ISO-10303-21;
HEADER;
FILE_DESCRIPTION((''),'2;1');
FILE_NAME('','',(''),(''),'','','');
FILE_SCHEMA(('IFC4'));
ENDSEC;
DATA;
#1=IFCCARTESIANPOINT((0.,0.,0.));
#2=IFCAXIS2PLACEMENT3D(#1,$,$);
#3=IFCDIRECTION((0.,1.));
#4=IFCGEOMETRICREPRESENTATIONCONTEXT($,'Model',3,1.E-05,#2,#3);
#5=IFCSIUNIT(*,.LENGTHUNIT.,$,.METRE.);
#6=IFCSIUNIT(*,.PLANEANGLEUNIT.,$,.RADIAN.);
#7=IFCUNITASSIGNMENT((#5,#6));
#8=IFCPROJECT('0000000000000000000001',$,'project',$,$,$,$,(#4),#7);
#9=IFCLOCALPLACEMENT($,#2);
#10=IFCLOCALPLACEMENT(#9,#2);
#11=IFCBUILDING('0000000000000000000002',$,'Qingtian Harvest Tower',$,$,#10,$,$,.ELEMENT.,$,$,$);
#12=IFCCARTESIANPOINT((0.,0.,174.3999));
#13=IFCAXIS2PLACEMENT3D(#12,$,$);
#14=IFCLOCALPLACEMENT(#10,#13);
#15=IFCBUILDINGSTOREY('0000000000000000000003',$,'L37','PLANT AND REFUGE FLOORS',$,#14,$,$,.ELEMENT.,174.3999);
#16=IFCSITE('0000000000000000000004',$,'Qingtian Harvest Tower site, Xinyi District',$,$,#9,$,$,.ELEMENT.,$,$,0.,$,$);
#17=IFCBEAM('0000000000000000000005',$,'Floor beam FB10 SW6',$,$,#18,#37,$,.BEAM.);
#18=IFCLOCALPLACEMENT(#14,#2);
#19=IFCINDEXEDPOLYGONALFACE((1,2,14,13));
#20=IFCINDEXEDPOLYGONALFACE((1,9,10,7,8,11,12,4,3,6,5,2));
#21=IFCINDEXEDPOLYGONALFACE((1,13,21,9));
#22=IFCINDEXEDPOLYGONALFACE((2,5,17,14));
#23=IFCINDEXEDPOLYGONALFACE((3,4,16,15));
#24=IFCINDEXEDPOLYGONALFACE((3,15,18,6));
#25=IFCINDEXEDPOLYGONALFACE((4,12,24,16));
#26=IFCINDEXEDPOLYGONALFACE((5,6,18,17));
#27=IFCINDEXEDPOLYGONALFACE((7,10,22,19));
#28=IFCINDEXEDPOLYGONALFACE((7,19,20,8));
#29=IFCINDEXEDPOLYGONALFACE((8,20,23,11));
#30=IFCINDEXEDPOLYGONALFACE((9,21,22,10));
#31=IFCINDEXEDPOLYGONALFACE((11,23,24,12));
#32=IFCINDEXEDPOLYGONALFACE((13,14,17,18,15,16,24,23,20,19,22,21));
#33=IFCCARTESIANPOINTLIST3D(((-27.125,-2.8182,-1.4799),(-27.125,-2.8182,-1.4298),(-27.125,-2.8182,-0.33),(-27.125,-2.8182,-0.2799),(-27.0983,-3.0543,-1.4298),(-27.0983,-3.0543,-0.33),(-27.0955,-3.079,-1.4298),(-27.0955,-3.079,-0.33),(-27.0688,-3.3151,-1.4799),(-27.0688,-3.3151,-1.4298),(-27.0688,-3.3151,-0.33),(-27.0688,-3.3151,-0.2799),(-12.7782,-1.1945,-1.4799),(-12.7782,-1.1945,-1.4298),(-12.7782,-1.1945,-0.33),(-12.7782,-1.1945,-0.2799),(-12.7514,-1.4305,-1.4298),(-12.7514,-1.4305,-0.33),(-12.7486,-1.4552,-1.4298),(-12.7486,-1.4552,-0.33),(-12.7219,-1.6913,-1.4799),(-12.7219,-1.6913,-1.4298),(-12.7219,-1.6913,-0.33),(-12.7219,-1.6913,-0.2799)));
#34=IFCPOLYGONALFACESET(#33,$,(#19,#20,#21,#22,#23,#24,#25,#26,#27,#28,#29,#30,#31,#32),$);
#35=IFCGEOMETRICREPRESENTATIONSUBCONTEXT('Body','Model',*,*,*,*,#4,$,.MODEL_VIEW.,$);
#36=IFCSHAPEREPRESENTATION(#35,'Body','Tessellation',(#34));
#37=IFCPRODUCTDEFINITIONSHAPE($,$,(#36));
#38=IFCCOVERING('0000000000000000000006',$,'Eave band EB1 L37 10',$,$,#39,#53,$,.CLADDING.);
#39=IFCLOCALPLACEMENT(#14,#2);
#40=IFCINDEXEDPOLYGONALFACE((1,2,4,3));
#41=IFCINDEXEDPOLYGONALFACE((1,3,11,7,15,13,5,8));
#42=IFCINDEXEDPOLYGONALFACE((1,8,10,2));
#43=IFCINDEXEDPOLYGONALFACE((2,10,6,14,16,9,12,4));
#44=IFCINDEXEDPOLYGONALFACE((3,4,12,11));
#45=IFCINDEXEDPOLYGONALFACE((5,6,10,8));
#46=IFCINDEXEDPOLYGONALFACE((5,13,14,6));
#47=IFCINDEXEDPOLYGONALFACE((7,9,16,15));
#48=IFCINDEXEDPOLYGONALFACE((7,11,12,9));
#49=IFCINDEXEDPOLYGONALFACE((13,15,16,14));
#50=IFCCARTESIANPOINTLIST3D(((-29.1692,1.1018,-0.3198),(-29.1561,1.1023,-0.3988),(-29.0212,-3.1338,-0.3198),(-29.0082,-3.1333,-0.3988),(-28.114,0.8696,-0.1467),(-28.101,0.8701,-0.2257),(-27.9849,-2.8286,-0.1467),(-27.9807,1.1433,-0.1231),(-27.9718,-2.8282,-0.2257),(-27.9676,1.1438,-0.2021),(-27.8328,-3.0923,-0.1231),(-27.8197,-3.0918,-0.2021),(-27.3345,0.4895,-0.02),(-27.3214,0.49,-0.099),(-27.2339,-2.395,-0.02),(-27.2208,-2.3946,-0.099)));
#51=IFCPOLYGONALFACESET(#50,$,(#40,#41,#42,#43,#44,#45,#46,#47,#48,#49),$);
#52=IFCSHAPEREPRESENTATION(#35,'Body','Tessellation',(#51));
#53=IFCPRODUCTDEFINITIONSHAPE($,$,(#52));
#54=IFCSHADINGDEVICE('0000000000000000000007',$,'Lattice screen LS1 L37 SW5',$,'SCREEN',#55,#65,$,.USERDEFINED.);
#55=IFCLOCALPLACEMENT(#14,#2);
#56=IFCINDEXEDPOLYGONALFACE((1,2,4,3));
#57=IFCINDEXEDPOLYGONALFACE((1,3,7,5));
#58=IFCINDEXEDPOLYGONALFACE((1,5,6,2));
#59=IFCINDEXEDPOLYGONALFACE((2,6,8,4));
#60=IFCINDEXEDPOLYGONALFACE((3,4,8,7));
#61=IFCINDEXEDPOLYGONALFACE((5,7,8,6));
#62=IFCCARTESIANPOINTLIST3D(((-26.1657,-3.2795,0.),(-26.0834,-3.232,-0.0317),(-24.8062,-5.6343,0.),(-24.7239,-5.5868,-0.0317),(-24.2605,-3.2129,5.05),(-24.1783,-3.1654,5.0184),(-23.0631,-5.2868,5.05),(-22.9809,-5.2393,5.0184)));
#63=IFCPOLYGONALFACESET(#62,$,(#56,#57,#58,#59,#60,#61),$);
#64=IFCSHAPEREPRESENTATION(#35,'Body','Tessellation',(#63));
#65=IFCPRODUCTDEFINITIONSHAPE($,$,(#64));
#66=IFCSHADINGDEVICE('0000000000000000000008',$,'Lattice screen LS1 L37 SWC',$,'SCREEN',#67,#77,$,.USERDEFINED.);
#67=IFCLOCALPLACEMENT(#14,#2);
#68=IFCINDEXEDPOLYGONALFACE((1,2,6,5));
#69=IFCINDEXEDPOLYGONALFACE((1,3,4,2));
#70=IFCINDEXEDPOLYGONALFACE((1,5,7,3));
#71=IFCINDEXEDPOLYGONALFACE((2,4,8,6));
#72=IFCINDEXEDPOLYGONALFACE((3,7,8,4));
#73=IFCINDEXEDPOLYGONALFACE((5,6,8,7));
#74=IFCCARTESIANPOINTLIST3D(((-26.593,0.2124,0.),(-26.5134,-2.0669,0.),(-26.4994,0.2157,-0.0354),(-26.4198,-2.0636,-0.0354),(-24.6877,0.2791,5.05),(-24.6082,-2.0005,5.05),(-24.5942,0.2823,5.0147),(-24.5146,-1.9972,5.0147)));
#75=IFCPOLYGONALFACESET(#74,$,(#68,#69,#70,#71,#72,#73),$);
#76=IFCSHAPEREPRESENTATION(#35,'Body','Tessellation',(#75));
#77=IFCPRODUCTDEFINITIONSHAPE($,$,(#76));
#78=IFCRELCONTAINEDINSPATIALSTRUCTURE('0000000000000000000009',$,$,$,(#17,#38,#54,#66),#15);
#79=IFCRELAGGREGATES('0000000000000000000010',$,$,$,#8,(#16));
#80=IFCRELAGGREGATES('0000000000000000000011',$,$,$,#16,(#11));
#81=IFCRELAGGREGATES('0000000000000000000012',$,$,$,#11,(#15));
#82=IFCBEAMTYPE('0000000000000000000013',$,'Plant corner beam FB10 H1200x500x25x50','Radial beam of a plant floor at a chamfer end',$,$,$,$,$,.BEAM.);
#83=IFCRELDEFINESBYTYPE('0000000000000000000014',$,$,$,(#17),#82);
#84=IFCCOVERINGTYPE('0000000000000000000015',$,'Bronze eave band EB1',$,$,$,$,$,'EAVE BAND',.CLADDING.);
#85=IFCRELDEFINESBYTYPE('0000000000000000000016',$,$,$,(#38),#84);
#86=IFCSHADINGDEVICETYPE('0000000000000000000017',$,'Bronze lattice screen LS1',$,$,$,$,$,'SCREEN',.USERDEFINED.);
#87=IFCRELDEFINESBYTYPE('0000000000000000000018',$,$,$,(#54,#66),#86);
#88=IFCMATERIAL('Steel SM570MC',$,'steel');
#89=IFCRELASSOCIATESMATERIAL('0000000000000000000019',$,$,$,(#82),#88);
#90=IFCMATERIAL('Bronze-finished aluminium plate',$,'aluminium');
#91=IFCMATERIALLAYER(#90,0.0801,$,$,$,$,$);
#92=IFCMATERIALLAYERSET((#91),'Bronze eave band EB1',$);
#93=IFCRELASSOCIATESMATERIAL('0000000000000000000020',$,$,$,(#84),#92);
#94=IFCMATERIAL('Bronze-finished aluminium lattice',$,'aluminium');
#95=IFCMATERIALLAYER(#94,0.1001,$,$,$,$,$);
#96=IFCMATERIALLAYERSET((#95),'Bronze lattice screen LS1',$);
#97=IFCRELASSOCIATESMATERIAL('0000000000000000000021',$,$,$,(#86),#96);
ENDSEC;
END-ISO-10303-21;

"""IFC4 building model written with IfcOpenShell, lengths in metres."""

from ifc_helpers import new_model, si_unit, direction, frame, origin, origin_2d, place, context, subcontext, project, spatial, polyline, i_section, outline, extrude, material, layer, layer_set, material_profile, profile_set, type_object, element, save


model = new_model("IFC4")

# Units and contexts
model_context = context("Model", 3, precision=1e-05, world=origin(), true_north=direction((0.0, 1.0)))
body_context = subcontext(model_context, "Body", "Model", "MODEL_VIEW")
ifc_project = project(units=[si_unit("LENGTHUNIT", "METRE"), si_unit("PLANEANGLEUNIT", "RADIAN")], contexts=[model_context])

# Site, building, storey
site_placement = place(None, origin())
site = spatial("IfcSite", under=ifc_project, at=site_placement, Name="Qingtian Harvest Tower site, Xinyi District", CompositionType="ELEMENT", RefElevation=0.0)
building_placement = place(site_placement, origin())
building = spatial("IfcBuilding", under=site, at=building_placement, Name="Qingtian Harvest Tower", CompositionType="ELEMENT")
storey_placement = place(building_placement, frame((0.0, 0.0, 174.3999)))
storey = spatial("IfcBuildingStorey", under=building, at=storey_placement, Name="L37", Description="PLANT AND REFUGE FLOORS", CompositionType="ELEMENT", Elevation=174.3999)

# Beam
ifc_material_1 = material(Name="Steel SM570MC", Category="steel")
ifc_material_profile_1 = material_profile(ifc_material_1, i_section(OverallWidth=0.5, OverallDepth=1.2, WebThickness=0.0249, FlangeThickness=0.05, at=origin_2d()), Name="H1200x500x25x50")
ifc_profile_set_1 = profile_set([ifc_material_profile_1], Name="Steel SM570MC")
beam_type_1 = type_object("IfcBeamType", Name="Plant corner beam FB10 H1200x500x25x50", Description="Radial beam of a plant floor at a chamfer end", PredefinedType="BEAM", material=ifc_profile_set_1)
beam_1_placement = place(storey_placement, frame((-27.0969, -3.0667, -0.8799), z_axis=(0.993656, 0.112462, 0.0), x_axis=(-0.112462, 0.993656, 0.0)))
element("IfcBeam", 1, at=beam_1_placement, inside=storey, type_object=beam_type_1, Name="Floor beam FB10 SW6", PredefinedType="BEAM", context=body_context, shape_type="SweptSolid", body=[
    extrude(i_section(OverallWidth=0.5, OverallDepth=1.2, WebThickness=0.0249, FlangeThickness=0.05, at=origin_2d()), origin(), (0.0, 0.0, 1.0), 14.4385),
])

# Covering
ifc_material_2 = material(Name="Bronze-finished aluminium plate", Category="aluminium")
ifc_layer_1 = layer(ifc_material_2, 0.0801)
ifc_layer_set_1 = layer_set([ifc_layer_1], Name="Bronze eave band EB1")
covering_type = type_object("IfcCoveringType", Name="Bronze eave band EB1", ElementType="EAVE BAND", PredefinedType="CLADDING", material=ifc_layer_set_1)
covering_placement = place(storey_placement, frame((-27.2339, -2.395, -0.02), z_axis=(-0.163123, -0.005696, 0.986589), x_axis=(-0.856924, -0.494761, -0.144541)))
element("IfcCovering", 2, at=covering_placement, inside=storey, type_object=covering_type, Name="Eave band EB1 L37 10", PredefinedType="CLADDING", context=body_context, shape_type="SweptSolid", body=[
    extrude(outline(polyline([(0.0, 0.0), (0.8764, 0.0), (0.8731, 0.3053), (1.9405, -0.2547), (-0.0284, -4.0078), (-1.0958, -3.4478), (-0.8427, -3.277), (-1.341, -2.5559), (0.0, 0.0)])), origin(), (0.0, 0.0, -1.0), 0.0801),
])

# Shading devices
ifc_material_3 = material(Name="Bronze-finished aluminium lattice", Category="aluminium")
ifc_layer_2 = layer(ifc_material_3, 0.1001)
ifc_layer_set_2 = layer_set([ifc_layer_2], Name="Bronze lattice screen LS1")
shading_device_type = type_object("IfcShadingDeviceType", Name="Bronze lattice screen LS1", ElementType="SCREEN", PredefinedType="USERDEFINED", material=ifc_layer_set_2)
shading_device_1_placement = place(storey_placement, frame((-24.8062, -5.6343, 0.0), z_axis=(-0.821592, -0.47434, 0.316208), x_axis=(-0.499999, 0.866026, -0.000012)))
element("IfcShadingDevice", 3, at=shading_device_1_placement, inside=storey, type_object=shading_device_type, Name="Lattice screen LS1 L37 SW5", ObjectType="SCREEN", PredefinedType="USERDEFINED", context=body_context, shape_type="SweptSolid", body=[
    extrude(outline(polyline([(0.0, 0.0), (2.7191, 0.0), (1.8241, -5.3232), (-0.5707, -5.3231), (0.0, 0.0)])), origin(), (0.0, 0.0, -1.0), 0.1001),
])
shading_device_2_placement = place(storey_placement, frame((-26.5134, -2.0669, 0.0), z_axis=(-0.934986, -0.032647, 0.35318), x_axis=(-0.034896, 0.999391, -0.000001)))
element("IfcShadingDevice", 4, at=shading_device_2_placement, inside=storey, type_object=shading_device_type, Name="Lattice screen LS1 L37 SWC", ObjectType="SCREEN", PredefinedType="USERDEFINED", context=body_context, shape_type="SweptSolid", body=[
    extrude(outline(polyline([(0.0, 0.0), (2.2807, 0.0), (2.2808, -5.3979), (-0.0001, -5.3979), (0.0, 0.0)])), origin(), (0.0, 0.0, -1.0), 0.1001),
])

save(model, "model.ifc")
